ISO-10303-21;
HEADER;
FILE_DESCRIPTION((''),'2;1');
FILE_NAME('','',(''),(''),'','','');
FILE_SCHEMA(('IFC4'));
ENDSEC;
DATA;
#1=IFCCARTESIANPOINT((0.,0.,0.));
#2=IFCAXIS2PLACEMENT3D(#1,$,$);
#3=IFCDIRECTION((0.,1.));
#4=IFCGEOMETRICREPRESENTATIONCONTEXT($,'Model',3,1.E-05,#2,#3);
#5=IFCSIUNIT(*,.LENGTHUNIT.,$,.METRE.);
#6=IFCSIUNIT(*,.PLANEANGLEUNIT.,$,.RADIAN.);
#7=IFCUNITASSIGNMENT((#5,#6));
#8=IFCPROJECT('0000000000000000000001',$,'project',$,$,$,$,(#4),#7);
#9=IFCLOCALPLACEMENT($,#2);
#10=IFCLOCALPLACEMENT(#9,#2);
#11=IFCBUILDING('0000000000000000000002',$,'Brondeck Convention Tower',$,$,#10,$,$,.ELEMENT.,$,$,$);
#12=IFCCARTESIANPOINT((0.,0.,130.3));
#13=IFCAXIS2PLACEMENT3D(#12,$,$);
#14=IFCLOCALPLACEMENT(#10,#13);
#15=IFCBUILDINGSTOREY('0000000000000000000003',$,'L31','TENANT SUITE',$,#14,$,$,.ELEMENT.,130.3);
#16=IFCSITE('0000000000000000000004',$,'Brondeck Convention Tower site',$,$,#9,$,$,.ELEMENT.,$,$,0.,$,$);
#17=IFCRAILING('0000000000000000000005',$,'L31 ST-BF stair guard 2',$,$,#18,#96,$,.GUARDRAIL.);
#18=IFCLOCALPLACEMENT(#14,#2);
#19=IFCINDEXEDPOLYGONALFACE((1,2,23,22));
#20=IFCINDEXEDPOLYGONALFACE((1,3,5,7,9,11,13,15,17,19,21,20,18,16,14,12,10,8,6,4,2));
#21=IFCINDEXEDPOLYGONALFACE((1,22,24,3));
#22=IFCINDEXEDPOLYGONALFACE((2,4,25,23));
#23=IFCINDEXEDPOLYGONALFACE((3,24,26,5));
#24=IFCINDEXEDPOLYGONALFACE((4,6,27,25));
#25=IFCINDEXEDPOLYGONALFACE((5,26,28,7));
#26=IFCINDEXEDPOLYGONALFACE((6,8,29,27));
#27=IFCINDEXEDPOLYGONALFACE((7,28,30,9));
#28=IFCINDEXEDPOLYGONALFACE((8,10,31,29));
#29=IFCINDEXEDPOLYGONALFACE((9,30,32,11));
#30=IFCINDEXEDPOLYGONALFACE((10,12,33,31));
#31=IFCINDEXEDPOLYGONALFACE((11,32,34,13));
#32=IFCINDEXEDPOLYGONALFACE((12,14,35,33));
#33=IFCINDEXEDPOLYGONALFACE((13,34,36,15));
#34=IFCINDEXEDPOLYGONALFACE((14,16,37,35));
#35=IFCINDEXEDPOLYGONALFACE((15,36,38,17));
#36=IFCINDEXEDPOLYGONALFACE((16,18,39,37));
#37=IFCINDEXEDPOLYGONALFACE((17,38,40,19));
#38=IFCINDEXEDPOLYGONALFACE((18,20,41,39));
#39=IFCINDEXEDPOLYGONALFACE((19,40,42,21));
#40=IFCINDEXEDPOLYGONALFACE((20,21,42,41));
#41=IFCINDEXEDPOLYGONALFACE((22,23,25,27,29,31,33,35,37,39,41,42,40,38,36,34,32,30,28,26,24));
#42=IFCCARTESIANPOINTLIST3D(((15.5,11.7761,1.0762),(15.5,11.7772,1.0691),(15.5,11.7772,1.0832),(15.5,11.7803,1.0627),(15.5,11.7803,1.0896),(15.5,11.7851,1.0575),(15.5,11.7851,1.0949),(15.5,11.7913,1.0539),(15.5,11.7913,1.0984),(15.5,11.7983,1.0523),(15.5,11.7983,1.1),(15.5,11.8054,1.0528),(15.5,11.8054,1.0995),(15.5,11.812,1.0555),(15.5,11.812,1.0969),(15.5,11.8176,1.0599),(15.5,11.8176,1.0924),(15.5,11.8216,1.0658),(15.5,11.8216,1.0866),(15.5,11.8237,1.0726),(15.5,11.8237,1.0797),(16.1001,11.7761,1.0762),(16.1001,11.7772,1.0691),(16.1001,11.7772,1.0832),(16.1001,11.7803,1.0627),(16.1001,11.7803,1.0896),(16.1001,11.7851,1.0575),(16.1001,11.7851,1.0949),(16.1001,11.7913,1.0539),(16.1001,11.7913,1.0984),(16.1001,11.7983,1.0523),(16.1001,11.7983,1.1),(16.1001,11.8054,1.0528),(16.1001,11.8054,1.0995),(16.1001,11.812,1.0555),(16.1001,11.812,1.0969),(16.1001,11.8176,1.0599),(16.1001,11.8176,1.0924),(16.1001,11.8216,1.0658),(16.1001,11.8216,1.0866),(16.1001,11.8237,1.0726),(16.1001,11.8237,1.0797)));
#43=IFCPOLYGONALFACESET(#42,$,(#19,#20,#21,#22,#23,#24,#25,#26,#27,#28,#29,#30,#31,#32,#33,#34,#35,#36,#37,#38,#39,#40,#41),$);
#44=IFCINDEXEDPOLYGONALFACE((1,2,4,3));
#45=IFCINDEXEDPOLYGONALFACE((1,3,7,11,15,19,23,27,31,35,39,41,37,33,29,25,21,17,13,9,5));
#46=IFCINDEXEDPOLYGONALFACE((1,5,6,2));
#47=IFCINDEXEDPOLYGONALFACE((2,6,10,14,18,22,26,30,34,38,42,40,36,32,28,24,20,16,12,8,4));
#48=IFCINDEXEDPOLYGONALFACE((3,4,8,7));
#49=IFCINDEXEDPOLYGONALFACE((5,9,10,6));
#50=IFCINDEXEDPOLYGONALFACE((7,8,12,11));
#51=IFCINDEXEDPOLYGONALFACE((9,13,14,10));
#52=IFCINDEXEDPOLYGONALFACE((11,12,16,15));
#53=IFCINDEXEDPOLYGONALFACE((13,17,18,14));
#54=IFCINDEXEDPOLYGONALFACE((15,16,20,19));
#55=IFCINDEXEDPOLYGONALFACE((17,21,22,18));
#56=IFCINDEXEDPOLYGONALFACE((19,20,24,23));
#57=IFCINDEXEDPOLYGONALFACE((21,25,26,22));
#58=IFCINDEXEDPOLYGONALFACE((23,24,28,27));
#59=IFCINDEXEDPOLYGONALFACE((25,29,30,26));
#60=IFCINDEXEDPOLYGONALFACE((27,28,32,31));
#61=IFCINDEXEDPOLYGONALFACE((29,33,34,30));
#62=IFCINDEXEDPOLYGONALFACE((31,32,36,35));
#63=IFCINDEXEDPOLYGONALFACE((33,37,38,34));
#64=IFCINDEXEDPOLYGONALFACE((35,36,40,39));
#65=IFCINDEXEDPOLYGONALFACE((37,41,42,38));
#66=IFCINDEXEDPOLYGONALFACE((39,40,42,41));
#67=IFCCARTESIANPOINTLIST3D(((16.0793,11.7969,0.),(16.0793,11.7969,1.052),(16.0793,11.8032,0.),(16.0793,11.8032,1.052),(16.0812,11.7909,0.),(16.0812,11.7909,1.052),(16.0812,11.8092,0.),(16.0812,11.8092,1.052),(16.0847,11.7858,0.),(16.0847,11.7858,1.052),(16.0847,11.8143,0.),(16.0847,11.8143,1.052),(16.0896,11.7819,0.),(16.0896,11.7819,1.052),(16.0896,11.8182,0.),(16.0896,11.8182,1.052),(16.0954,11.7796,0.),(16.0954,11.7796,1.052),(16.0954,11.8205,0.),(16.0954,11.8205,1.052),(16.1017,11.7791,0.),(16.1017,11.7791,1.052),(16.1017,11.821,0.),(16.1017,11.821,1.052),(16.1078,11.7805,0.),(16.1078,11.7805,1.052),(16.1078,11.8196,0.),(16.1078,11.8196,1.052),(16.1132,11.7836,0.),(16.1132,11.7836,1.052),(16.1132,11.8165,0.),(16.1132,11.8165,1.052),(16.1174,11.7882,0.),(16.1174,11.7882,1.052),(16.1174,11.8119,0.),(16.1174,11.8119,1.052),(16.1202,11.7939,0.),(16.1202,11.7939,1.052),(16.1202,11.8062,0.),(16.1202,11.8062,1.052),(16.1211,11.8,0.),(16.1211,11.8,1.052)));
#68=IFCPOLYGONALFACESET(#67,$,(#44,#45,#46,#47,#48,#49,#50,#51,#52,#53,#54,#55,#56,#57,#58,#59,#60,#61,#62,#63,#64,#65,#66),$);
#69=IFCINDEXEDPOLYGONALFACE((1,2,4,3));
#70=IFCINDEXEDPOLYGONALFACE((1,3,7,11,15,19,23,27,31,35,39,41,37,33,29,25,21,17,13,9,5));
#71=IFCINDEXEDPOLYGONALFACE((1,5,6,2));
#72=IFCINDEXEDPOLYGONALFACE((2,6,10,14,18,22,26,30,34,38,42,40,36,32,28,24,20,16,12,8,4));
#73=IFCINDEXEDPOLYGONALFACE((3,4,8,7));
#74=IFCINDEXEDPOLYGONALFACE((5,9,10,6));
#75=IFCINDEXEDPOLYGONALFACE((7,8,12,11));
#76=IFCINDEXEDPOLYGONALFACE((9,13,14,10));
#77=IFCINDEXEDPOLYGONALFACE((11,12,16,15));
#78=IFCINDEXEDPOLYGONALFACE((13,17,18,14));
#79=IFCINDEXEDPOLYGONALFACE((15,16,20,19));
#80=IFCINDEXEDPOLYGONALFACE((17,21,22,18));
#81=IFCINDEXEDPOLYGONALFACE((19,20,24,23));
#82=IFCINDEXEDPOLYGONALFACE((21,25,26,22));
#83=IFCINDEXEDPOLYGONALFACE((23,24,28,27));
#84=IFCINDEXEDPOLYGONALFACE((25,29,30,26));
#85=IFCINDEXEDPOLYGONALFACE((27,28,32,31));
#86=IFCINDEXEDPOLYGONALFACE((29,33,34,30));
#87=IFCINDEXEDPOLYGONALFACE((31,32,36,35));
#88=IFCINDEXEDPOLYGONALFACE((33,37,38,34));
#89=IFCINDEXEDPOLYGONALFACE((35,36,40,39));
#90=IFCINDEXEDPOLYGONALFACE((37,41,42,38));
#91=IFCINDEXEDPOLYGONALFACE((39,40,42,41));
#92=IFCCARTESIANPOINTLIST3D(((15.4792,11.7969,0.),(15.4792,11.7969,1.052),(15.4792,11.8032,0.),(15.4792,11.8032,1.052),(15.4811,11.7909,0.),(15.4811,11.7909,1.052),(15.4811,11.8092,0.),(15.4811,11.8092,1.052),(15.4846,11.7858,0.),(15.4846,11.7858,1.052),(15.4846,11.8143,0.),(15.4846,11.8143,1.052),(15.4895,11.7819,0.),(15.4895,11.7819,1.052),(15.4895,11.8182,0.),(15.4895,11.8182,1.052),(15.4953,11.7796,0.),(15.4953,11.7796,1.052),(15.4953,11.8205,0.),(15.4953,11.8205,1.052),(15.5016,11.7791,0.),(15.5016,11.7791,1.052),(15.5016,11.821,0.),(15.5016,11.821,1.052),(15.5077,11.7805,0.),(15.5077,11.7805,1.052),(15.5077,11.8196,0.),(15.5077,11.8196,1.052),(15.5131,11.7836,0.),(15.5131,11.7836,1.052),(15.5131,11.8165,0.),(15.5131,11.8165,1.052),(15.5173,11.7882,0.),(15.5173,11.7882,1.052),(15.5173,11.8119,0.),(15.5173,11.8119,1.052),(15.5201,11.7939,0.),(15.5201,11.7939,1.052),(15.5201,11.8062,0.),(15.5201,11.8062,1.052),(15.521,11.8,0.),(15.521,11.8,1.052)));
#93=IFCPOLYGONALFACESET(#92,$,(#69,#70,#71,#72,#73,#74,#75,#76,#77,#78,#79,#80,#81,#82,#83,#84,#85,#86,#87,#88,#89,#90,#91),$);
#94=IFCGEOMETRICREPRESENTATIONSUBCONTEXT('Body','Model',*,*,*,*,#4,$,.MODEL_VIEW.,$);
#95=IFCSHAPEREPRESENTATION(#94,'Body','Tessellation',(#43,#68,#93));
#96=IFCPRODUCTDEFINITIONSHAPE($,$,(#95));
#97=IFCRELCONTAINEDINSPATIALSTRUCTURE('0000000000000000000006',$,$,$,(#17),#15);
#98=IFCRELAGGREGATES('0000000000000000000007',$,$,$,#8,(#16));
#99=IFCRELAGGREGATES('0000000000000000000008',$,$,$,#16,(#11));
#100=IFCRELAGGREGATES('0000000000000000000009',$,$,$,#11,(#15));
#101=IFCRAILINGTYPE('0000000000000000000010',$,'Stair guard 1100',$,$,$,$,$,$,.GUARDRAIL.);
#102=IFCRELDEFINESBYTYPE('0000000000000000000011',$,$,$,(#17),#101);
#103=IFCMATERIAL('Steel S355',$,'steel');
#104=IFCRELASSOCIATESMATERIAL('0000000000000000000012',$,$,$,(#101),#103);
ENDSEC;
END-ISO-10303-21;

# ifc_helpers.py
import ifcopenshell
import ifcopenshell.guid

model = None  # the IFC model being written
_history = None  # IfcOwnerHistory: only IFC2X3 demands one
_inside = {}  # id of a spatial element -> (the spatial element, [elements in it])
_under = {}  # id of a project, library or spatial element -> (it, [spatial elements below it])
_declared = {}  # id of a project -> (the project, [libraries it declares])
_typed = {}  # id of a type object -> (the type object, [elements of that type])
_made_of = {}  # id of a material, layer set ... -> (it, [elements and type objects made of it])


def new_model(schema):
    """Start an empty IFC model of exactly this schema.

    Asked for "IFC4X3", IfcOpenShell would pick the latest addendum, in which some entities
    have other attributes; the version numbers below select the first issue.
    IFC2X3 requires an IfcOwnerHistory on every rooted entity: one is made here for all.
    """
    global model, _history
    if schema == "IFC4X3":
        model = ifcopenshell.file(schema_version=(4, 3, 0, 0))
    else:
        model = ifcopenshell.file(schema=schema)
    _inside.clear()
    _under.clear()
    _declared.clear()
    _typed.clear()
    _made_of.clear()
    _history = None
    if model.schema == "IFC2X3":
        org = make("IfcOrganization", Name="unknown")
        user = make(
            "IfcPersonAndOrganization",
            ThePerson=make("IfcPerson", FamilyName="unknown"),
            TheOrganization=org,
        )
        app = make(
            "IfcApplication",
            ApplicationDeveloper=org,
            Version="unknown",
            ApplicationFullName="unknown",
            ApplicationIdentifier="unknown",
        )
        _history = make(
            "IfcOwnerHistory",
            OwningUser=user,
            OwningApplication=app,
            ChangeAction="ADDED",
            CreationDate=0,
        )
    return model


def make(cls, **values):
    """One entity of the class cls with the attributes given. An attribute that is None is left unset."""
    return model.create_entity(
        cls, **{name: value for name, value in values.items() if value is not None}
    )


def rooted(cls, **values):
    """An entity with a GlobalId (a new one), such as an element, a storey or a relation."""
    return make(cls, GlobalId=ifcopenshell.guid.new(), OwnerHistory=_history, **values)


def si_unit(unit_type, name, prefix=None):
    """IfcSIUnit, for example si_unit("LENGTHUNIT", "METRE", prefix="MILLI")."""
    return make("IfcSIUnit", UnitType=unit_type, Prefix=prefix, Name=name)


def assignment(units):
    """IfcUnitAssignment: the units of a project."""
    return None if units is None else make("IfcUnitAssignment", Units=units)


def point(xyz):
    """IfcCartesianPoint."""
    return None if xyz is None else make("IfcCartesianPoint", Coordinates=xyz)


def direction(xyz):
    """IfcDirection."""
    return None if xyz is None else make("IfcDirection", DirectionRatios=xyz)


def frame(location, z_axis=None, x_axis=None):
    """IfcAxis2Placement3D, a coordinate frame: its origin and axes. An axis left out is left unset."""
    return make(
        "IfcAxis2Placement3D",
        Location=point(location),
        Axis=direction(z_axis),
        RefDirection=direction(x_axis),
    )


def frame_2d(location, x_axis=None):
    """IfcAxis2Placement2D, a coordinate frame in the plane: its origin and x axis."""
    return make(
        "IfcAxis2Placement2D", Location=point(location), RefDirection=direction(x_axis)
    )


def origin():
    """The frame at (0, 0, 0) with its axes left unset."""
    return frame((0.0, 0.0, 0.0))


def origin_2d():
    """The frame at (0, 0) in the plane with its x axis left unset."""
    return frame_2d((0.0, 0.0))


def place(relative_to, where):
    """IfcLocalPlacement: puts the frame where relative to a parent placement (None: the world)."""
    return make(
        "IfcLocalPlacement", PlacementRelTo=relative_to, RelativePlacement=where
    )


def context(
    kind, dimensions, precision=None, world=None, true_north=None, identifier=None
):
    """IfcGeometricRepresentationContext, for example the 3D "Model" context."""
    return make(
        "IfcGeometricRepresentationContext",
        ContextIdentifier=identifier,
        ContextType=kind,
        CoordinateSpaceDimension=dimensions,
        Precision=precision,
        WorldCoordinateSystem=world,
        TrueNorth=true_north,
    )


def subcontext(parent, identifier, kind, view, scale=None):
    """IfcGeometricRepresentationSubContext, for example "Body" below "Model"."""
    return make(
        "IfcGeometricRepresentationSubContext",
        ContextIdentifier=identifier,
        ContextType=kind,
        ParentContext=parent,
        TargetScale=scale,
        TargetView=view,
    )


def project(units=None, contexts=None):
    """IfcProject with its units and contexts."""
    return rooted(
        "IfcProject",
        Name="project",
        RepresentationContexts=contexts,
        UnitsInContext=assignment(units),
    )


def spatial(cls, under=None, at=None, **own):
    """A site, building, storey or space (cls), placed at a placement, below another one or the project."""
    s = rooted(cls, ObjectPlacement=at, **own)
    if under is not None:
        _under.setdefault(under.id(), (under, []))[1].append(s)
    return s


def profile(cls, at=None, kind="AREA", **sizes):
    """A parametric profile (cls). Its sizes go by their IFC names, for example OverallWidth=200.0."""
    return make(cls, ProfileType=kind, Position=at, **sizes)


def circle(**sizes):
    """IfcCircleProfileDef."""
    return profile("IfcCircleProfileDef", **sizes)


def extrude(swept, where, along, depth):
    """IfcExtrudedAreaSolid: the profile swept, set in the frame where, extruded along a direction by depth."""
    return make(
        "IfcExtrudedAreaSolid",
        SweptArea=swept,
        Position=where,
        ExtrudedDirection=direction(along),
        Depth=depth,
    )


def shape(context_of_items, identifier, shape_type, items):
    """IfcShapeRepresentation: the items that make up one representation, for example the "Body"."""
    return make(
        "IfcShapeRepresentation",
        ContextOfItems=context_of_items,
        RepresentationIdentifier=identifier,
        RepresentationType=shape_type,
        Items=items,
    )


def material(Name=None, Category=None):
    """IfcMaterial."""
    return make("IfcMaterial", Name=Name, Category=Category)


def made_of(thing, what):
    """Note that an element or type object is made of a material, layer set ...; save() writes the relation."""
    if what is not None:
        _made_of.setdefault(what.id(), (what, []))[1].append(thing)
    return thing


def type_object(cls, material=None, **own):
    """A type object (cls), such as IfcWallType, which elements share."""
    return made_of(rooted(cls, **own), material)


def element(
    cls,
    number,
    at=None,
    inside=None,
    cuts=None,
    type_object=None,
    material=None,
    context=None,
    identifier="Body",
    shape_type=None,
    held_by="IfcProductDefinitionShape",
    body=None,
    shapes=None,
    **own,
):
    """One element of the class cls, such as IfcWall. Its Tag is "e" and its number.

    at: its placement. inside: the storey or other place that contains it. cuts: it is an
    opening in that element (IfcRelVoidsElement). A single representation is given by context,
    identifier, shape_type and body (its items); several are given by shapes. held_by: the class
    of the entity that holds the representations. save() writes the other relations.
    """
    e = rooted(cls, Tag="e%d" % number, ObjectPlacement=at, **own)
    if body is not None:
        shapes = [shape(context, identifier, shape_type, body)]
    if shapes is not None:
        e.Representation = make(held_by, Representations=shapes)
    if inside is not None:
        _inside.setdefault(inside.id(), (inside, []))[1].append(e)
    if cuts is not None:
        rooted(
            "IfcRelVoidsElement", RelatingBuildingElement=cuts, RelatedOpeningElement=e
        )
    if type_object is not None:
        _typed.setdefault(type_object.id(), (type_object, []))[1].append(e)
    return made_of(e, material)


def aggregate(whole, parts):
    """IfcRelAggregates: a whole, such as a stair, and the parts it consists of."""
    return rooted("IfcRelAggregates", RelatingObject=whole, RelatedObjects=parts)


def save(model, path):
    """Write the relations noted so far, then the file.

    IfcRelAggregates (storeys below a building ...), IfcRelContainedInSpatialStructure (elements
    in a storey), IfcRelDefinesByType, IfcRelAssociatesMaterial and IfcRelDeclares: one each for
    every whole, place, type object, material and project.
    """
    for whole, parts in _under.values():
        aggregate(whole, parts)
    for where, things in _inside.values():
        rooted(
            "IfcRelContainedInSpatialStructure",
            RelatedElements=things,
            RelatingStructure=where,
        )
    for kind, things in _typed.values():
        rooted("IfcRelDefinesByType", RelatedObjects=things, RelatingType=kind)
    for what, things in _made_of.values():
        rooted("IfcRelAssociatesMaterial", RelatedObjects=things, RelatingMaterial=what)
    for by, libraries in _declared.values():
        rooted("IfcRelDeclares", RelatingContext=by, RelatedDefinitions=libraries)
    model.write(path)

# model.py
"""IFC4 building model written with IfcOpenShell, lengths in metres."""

from ifc_helpers import new_model, si_unit, direction, frame, origin, origin_2d, place, context, subcontext, project, spatial, circle, extrude, material, type_object, element, save


model = new_model("IFC4")

# Units and contexts
model_context = context("Model", 3, precision=1e-05, world=origin(), true_north=direction((0.0, 1.0)))
body_context = subcontext(model_context, "Body", "Model", "MODEL_VIEW")
ifc_project = project(units=[si_unit("LENGTHUNIT", "METRE"), si_unit("PLANEANGLEUNIT", "RADIAN")], contexts=[model_context])

# Site, building, storey
site_placement = place(None, origin())
site = spatial("IfcSite", under=ifc_project, at=site_placement, Name="Brondeck Convention Tower site", CompositionType="ELEMENT", RefElevation=0.0)
building_placement = place(site_placement, origin())
building = spatial("IfcBuilding", under=site, at=building_placement, Name="Brondeck Convention Tower", CompositionType="ELEMENT")
storey_placement = place(building_placement, frame((0.0, 0.0, 130.3)))
storey = spatial("IfcBuildingStorey", under=building, at=storey_placement, Name="L31", Description="TENANT SUITE", CompositionType="ELEMENT", Elevation=130.3)

# Shared definitions
ifc_material_1 = material(Name="Steel S355", Category="steel")

# Railing
railing_type_1 = type_object("IfcRailingType", Name="Stair guard 1100", PredefinedType="GUARDRAIL", material=ifc_material_1)
railing_1_placement = place(storey_placement, frame((16.1001, 11.8, 0.0)))
element("IfcRailing", 1, at=railing_1_placement, inside=storey, type_object=railing_type_1, Name="L31 ST-BF stair guard 2", PredefinedType="GUARDRAIL", context=body_context, shape_type="SweptSolid", body=[
    extrude(circle(Radius=0.0239, at=origin_2d()), frame((0.0, 0.0, 1.0762), z_axis=(-1.0, 0.0, 0.0), x_axis=(0.0, -1.0, 0.0)), (0.0, 0.0, 1.0), 0.6001),
    extrude(circle(Radius=0.021, at=origin_2d()), origin(), (0.0, 0.0, 1.0), 1.052),
    extrude(circle(Radius=0.021, at=origin_2d()), frame((-0.6001, 0.0, 0.0)), (0.0, 0.0, 1.0), 1.052),
])

save(model, "model.ifc")
